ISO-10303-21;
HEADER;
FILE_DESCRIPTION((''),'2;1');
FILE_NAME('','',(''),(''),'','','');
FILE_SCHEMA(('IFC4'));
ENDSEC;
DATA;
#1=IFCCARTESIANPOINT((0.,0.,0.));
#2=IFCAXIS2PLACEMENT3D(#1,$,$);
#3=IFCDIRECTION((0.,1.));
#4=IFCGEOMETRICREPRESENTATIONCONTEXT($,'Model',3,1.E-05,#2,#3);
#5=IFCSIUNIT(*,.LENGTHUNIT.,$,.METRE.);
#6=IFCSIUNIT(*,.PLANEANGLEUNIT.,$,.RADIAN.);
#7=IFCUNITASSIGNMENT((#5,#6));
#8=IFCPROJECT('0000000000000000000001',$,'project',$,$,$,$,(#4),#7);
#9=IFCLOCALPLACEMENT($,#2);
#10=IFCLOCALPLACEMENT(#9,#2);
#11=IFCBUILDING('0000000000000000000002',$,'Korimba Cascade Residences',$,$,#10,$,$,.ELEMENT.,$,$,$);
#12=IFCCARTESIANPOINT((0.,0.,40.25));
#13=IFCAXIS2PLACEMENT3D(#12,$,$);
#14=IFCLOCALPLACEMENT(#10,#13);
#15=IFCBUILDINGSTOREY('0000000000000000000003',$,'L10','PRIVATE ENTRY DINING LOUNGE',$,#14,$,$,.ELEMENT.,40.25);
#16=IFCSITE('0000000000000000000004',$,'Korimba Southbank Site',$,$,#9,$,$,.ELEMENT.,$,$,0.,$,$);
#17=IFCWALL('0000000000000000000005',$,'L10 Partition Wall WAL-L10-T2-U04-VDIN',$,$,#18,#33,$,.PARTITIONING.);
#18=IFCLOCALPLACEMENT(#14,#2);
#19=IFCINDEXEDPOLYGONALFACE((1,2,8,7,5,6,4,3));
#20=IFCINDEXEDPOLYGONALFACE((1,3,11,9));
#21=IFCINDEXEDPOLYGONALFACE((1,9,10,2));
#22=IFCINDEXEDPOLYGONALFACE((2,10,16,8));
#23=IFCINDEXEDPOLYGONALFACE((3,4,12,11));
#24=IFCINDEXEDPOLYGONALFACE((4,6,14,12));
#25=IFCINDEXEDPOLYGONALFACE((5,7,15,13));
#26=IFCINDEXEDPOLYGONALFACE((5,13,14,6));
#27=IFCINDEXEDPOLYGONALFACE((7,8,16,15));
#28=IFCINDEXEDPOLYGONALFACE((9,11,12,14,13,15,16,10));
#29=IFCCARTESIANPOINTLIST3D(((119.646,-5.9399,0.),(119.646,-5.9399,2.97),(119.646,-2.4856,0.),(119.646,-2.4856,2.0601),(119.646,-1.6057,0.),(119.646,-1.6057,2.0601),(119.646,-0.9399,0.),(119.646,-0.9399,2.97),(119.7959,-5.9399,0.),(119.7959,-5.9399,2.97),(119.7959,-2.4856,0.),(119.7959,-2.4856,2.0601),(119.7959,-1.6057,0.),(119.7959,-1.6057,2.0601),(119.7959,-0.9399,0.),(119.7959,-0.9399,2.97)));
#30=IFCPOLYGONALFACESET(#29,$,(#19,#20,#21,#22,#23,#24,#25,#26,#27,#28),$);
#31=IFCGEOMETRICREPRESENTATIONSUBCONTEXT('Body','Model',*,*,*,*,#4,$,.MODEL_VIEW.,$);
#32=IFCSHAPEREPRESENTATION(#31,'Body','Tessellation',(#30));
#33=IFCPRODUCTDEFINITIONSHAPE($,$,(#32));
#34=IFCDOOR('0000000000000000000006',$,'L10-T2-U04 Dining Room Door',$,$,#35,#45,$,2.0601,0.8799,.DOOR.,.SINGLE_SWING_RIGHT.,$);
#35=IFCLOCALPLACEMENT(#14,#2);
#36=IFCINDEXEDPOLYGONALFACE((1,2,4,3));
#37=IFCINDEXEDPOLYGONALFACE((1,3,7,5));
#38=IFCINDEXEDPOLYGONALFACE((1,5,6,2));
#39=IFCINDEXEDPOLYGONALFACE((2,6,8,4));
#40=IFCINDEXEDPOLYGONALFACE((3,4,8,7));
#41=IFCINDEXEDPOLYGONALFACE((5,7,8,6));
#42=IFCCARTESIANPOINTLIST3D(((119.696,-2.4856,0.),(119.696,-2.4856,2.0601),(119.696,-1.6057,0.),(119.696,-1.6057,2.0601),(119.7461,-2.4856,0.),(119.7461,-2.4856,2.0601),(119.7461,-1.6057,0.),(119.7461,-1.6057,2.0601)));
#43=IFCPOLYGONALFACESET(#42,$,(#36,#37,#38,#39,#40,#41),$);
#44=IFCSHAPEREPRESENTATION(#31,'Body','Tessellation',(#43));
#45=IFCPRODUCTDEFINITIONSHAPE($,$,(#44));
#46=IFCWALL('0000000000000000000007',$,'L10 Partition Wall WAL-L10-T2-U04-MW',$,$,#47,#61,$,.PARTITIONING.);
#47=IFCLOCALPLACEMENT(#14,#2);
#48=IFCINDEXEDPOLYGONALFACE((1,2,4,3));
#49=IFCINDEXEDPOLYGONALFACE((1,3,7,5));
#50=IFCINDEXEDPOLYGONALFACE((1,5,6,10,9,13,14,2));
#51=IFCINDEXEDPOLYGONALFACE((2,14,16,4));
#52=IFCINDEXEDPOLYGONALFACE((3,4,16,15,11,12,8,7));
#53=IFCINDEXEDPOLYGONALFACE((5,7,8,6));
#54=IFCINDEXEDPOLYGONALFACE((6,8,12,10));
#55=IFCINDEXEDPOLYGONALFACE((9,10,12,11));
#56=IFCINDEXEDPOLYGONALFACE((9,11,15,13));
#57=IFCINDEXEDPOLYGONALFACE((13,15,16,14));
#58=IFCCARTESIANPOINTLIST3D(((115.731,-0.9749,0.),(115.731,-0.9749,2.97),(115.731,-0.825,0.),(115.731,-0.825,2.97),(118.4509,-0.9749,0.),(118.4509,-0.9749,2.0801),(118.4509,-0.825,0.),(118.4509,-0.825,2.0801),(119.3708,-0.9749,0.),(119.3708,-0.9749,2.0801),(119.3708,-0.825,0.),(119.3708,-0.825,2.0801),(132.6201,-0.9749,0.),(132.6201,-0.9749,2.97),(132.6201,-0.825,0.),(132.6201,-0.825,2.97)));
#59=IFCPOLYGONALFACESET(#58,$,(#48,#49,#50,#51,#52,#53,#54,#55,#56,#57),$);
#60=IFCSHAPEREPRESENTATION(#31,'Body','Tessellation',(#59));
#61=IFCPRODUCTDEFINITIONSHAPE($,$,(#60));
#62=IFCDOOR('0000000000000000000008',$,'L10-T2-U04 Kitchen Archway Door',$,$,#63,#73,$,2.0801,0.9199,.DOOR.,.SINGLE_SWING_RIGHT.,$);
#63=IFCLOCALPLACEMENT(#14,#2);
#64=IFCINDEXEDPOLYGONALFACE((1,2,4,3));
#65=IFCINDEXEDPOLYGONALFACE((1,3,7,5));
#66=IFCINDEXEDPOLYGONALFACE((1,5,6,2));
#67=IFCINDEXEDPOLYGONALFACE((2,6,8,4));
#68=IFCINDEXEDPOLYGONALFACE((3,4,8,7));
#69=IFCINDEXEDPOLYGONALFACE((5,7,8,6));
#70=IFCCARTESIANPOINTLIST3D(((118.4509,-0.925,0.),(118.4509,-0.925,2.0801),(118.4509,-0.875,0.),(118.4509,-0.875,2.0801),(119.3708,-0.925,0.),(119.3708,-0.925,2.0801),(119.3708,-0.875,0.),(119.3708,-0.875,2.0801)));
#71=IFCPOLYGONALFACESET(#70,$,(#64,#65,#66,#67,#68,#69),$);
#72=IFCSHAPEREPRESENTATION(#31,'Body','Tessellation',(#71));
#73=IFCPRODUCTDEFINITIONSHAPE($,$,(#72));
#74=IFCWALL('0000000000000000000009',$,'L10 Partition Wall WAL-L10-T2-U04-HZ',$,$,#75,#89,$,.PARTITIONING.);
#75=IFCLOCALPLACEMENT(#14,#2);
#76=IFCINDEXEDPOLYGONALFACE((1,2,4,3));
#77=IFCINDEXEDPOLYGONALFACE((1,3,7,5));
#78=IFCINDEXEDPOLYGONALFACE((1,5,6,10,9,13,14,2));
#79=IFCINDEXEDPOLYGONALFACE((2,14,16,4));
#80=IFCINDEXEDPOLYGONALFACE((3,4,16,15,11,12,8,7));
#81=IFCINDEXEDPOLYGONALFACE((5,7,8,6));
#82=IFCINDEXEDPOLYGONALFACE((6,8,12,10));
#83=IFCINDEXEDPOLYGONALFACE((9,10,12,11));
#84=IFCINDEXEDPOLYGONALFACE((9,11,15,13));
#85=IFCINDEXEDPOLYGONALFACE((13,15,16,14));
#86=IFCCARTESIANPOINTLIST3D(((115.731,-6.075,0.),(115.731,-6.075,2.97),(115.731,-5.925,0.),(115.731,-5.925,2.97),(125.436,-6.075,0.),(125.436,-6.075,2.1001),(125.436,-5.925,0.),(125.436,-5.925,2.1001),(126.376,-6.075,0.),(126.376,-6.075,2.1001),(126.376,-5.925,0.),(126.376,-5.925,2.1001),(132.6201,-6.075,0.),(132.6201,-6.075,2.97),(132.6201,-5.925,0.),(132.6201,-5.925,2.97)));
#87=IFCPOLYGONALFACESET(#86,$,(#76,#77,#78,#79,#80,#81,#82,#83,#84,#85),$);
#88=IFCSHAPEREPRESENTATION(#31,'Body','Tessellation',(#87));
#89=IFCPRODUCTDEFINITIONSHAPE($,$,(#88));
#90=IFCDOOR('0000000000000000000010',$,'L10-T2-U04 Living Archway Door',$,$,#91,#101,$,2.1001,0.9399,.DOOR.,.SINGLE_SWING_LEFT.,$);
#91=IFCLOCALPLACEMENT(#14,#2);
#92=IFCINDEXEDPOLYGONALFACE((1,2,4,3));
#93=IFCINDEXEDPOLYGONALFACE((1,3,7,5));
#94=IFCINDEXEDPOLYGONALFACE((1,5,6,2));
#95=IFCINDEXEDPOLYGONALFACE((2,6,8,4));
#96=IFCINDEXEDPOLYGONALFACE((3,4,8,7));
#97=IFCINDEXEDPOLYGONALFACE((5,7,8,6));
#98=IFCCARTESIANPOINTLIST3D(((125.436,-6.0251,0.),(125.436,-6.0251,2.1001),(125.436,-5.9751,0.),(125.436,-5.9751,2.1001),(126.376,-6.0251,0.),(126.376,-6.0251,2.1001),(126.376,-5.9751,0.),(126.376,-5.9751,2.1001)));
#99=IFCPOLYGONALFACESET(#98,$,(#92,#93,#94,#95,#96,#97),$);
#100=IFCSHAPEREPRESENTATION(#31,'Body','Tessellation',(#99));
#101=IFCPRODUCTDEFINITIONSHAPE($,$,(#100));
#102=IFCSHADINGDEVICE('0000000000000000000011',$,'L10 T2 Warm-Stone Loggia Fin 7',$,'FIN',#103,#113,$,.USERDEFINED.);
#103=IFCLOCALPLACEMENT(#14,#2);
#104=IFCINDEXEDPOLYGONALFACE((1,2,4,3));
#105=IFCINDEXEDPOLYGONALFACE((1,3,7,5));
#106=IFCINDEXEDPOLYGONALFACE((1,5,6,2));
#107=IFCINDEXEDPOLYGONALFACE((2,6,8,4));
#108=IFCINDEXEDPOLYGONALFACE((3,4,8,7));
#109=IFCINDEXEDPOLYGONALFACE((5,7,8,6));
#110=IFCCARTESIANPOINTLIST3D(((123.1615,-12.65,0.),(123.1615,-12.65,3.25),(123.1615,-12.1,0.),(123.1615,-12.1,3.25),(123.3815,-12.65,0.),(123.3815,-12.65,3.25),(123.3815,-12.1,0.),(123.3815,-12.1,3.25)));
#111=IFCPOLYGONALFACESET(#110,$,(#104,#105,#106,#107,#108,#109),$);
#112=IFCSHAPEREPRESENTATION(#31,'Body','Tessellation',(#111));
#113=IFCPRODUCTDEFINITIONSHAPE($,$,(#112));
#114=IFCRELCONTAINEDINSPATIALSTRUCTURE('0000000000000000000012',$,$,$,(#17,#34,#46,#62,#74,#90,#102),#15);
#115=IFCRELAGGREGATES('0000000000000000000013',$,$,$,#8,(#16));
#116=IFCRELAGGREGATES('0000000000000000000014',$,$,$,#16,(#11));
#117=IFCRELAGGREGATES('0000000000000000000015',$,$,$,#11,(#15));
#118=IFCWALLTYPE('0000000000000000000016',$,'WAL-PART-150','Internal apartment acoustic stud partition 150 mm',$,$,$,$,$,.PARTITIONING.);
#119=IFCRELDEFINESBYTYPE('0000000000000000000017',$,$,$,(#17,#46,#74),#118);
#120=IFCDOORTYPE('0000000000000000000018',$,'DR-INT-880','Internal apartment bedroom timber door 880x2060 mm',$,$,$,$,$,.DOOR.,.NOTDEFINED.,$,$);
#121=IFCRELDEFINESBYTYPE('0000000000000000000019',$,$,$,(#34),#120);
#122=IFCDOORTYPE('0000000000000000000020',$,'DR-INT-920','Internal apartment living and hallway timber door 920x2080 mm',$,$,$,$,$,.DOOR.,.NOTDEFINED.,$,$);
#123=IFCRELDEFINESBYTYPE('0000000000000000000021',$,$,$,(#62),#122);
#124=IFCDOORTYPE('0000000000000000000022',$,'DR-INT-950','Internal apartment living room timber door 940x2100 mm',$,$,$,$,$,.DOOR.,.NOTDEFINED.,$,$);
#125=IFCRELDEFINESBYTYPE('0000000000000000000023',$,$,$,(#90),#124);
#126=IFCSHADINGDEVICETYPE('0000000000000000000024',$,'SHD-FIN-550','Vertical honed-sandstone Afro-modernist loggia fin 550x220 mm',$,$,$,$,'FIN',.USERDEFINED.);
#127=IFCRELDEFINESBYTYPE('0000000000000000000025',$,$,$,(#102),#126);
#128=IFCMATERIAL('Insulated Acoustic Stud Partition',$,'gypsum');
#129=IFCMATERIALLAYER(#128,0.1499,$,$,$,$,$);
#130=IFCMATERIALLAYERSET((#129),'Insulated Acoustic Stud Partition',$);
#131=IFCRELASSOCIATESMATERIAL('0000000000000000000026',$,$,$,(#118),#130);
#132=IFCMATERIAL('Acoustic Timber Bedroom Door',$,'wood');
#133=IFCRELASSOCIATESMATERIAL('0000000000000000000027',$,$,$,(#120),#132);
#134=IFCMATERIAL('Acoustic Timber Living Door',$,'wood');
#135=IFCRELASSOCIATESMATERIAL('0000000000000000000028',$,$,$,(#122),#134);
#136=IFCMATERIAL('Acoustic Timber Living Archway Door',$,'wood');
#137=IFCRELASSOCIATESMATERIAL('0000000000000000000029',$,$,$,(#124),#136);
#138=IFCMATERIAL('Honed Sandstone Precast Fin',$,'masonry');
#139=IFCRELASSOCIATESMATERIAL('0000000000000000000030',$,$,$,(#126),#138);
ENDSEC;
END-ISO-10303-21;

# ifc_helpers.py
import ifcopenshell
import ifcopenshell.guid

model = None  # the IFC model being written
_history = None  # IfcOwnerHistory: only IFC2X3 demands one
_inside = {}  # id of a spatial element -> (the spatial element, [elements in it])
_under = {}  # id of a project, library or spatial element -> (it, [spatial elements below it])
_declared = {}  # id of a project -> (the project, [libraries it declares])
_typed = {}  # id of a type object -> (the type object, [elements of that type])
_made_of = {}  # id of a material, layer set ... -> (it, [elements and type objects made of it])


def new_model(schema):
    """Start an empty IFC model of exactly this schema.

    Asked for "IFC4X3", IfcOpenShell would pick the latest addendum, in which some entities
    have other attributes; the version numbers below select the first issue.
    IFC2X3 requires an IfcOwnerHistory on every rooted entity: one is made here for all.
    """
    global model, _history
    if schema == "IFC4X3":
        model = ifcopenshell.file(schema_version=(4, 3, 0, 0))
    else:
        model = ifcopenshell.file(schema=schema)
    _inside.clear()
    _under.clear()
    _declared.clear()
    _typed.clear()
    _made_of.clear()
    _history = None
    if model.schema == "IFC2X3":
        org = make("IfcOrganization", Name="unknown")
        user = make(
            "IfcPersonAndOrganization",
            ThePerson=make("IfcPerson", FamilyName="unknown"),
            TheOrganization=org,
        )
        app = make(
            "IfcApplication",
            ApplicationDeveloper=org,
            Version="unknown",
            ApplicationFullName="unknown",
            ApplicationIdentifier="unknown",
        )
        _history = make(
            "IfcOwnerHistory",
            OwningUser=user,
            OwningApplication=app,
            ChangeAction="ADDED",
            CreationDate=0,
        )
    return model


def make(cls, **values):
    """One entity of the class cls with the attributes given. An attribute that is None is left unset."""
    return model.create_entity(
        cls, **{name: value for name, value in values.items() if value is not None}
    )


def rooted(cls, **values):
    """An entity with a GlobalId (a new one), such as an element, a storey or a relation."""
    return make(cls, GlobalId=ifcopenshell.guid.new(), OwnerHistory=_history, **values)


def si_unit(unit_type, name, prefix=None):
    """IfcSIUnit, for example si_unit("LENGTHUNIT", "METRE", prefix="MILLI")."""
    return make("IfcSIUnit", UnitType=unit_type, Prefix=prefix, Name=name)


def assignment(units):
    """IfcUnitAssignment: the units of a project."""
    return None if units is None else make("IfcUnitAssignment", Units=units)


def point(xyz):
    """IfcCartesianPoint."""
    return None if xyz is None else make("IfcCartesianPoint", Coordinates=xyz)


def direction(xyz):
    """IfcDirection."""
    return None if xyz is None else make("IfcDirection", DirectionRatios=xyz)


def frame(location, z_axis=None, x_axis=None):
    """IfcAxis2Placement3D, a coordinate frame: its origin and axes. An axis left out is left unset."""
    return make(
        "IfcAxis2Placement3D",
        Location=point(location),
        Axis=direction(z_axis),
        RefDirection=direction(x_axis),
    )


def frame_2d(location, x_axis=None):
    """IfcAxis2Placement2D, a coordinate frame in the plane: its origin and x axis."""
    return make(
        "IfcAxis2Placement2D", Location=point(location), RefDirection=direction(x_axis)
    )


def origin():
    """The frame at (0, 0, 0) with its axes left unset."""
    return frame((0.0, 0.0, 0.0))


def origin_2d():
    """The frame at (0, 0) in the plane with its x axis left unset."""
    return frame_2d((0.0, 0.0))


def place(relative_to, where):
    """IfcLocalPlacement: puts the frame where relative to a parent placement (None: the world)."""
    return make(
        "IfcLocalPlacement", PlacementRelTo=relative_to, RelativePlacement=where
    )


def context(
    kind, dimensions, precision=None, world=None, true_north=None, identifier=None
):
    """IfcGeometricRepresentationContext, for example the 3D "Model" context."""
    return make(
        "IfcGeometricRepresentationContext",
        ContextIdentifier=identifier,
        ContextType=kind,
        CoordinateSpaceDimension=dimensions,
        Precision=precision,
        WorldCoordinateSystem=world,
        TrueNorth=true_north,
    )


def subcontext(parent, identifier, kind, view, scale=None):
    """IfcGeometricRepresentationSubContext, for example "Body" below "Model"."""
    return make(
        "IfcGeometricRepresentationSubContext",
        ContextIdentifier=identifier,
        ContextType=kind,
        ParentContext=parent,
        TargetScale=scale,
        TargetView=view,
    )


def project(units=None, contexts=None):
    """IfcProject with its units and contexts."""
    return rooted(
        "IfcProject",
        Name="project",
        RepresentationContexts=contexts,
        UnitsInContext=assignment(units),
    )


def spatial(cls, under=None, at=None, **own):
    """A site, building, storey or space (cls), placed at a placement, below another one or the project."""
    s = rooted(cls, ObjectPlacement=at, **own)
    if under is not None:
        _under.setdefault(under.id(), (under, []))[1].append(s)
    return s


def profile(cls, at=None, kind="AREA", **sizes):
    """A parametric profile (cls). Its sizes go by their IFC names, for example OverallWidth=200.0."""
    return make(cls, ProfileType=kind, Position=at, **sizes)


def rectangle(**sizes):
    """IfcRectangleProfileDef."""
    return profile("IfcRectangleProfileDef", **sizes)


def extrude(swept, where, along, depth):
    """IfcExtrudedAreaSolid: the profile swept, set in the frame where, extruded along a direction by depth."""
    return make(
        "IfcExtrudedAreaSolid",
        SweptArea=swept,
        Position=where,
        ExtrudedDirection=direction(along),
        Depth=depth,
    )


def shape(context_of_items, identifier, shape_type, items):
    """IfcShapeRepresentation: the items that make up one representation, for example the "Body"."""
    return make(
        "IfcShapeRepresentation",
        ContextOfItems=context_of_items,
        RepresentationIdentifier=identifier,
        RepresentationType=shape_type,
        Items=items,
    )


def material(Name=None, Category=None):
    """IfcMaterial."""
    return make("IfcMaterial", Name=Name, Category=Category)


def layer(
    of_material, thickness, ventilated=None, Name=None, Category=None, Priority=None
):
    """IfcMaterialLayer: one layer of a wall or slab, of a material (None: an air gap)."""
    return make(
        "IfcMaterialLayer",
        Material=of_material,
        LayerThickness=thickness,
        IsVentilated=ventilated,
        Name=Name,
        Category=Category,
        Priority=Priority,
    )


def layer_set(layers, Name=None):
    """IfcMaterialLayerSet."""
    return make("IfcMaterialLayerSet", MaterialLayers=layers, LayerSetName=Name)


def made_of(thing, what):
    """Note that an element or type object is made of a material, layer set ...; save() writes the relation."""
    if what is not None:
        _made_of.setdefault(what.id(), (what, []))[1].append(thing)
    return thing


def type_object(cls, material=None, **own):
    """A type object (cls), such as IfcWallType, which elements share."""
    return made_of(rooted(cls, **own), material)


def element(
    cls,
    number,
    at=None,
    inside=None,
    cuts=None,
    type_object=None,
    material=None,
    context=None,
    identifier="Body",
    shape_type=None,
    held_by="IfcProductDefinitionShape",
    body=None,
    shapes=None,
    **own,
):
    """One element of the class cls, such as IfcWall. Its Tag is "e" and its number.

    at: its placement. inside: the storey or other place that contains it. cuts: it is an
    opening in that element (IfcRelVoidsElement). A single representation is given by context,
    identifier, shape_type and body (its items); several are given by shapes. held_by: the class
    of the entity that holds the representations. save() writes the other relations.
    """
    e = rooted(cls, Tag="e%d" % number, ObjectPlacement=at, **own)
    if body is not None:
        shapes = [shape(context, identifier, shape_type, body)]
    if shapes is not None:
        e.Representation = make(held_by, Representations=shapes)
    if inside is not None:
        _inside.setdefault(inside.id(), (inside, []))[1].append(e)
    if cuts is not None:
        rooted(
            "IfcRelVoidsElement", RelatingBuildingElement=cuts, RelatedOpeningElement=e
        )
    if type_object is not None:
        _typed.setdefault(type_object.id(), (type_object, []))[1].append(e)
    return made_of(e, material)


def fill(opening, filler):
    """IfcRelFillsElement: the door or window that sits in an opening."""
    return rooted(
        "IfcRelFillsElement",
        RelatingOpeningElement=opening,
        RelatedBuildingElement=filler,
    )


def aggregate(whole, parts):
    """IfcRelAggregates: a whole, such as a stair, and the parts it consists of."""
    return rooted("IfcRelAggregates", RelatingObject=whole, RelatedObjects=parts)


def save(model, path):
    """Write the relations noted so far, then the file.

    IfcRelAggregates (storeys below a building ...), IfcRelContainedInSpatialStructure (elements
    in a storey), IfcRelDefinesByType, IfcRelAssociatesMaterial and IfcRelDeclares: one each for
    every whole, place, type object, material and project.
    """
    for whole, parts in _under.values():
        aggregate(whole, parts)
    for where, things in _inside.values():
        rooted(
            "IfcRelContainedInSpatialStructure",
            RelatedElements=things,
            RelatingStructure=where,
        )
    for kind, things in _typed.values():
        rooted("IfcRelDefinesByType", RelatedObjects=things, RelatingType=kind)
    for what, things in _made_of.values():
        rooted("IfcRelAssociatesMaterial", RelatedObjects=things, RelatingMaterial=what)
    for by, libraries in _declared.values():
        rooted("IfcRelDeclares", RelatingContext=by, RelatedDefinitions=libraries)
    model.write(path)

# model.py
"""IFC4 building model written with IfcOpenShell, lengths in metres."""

from ifc_helpers import new_model, si_unit, direction, frame, frame_2d, origin, origin_2d, place, context, subcontext, project, spatial, rectangle, extrude, material, layer, layer_set, type_object, element, fill, save


model = new_model("IFC4")

# Units and contexts
model_context = context("Model", 3, precision=1e-05, world=origin(), true_north=direction((0.0, 1.0)))
body_context = subcontext(model_context, "Body", "Model", "MODEL_VIEW")
ifc_project = project(units=[si_unit("LENGTHUNIT", "METRE"), si_unit("PLANEANGLEUNIT", "RADIAN")], contexts=[model_context])

# Site, building, storey
site_placement = place(None, origin())
site = spatial("IfcSite", under=ifc_project, at=site_placement, Name="Korimba Southbank Site", CompositionType="ELEMENT", RefElevation=0.0)
building_placement = place(site_placement, origin())
building = spatial("IfcBuilding", under=site, at=building_placement, Name="Korimba Cascade Residences", CompositionType="ELEMENT")
storey_placement = place(building_placement, frame((0.0, 0.0, 40.25)))
storey = spatial("IfcBuildingStorey", under=building, at=storey_placement, Name="L10", Description="PRIVATE ENTRY DINING LOUNGE", CompositionType="ELEMENT", Elevation=40.25)

# Walls, openings, doors
ifc_material_1 = material(Name="Insulated Acoustic Stud Partition", Category="gypsum")
ifc_layer = layer(ifc_material_1, 0.1499)
ifc_layer_set = layer_set([ifc_layer], Name="Insulated Acoustic Stud Partition")
wall_type = type_object("IfcWallType", Name="WAL-PART-150", Description="Internal apartment acoustic stud partition 150 mm", PredefinedType="PARTITIONING", material=ifc_layer_set)
ifc_material_2 = material(Name="Acoustic Timber Bedroom Door", Category="wood")
door_type_1 = type_object("IfcDoorType", Name="DR-INT-880", Description="Internal apartment bedroom timber door 880x2060 mm", OperationType="NOTDEFINED", PredefinedType="DOOR", material=ifc_material_2)
wall_1_placement = place(storey_placement, frame((119.7209, -5.9399, 0.0), z_axis=(0.0, 0.0, 1.0), x_axis=(0.0, 1.0, 0.0)))
wall_1 = element("IfcWall", 1, at=wall_1_placement, inside=storey, type_object=wall_type, Name="L10 Partition Wall WAL-L10-T2-U04-VDIN", PredefinedType="PARTITIONING", context=body_context, shape_type="SweptSolid", body=[
    extrude(rectangle(XDim=5.0, YDim=0.1499, at=frame_2d((2.5, 0.0))), origin(), (0.0, 0.0, 1.0), 2.97),
])
opening_1_placement = place(wall_1_placement, frame((3.4543, 0.0, 0.0)))
opening_1 = element("IfcOpeningElement", 2, at=opening_1_placement, cuts=wall_1, PredefinedType="OPENING", context=body_context, shape_type="SweptSolid", body=[
    extrude(rectangle(XDim=0.8799, YDim=2.0601, at=frame_2d((0.4399, 1.03))), frame((0.0, 0.085, 0.0), z_axis=(0.0, -1.0, 0.0), x_axis=(1.0, 0.0, 0.0)), (0.0, 0.0, 1.0), 0.1699),
])
door_1_placement = place(opening_1_placement, origin())
door_1 = element("IfcDoor", 3, at=door_1_placement, inside=storey, type_object=door_type_1, Name="L10-T2-U04 Dining Room Door", OperationType="SINGLE_SWING_RIGHT", OverallHeight=2.0601, OverallWidth=0.8799, PredefinedType="DOOR", context=body_context, shape_type="SweptSolid", body=[
    extrude(rectangle(XDim=0.8799, YDim=2.0601, at=frame_2d((0.4399, 1.03))), frame((0.0, 0.0249, 0.0), z_axis=(0.0, -1.0, 0.0), x_axis=(1.0, 0.0, 0.0)), (0.0, 0.0, 1.0), 0.05),
])
fill(opening_1, door_1)
wall_2_placement = place(storey_placement, frame((115.731, -0.8999, 0.0), z_axis=(0.0, 0.0, 1.0), x_axis=(1.0, 0.0, 0.0)))
wall_2 = element("IfcWall", 4, at=wall_2_placement, inside=storey, type_object=wall_type, Name="L10 Partition Wall WAL-L10-T2-U04-MW", PredefinedType="PARTITIONING", context=body_context, shape_type="SweptSolid", body=[
    extrude(rectangle(XDim=16.8892, YDim=0.1499, at=frame_2d((8.4446, 0.0))), origin(), (0.0, 0.0, 1.0), 2.97),
])
opening_2_placement = place(wall_2_placement, frame((2.72, 0.0, 0.0)))
opening_2 = element("IfcOpeningElement", 5, at=opening_2_placement, cuts=wall_2, PredefinedType="OPENING", context=body_context, shape_type="SweptSolid", body=[
    extrude(rectangle(XDim=0.9199, YDim=2.0801, at=frame_2d((0.46, 1.04))), frame((0.0, 0.085, 0.0), z_axis=(0.0, -1.0, 0.0), x_axis=(1.0, 0.0, 0.0)), (0.0, 0.0, 1.0), 0.1699),
])
ifc_material_3 = material(Name="Acoustic Timber Living Door", Category="wood")
door_type_2 = type_object("IfcDoorType", Name="DR-INT-920", Description="Internal apartment living and hallway timber door 920x2080 mm", OperationType="NOTDEFINED", PredefinedType="DOOR", material=ifc_material_3)
door_2_placement = place(opening_2_placement, origin())
door_2 = element("IfcDoor", 6, at=door_2_placement, inside=storey, type_object=door_type_2, Name="L10-T2-U04 Kitchen Archway Door", OperationType="SINGLE_SWING_RIGHT", OverallHeight=2.0801, OverallWidth=0.9199, PredefinedType="DOOR", context=body_context, shape_type="SweptSolid", body=[
    extrude(rectangle(XDim=0.9199, YDim=2.0801, at=frame_2d((0.46, 1.04))), frame((0.0, 0.0249, 0.0), z_axis=(0.0, -1.0, 0.0), x_axis=(1.0, 0.0, 0.0)), (0.0, 0.0, 1.0), 0.05),
])
fill(opening_2, door_2)
wall_3_placement = place(storey_placement, frame((115.731, -6.0, 0.0), z_axis=(0.0, 0.0, 1.0), x_axis=(1.0, 0.0, 0.0)))
wall_3 = element("IfcWall", 7, at=wall_3_placement, inside=storey, type_object=wall_type, Name="L10 Partition Wall WAL-L10-T2-U04-HZ", PredefinedType="PARTITIONING", context=body_context, shape_type="SweptSolid", body=[
    extrude(rectangle(XDim=16.8892, YDim=0.1499, at=frame_2d((8.4446, 0.0))), origin(), (0.0, 0.0, 1.0), 2.97),
])
opening_3_placement = place(wall_3_placement, frame((9.7051, 0.0, 0.0)))
opening_3 = element("IfcOpeningElement", 8, at=opening_3_placement, cuts=wall_3, PredefinedType="OPENING", context=body_context, shape_type="SweptSolid", body=[
    extrude(rectangle(XDim=0.9399, YDim=2.1001, at=frame_2d((0.47, 1.05))), frame((0.0, 0.085, 0.0), z_axis=(0.0, -1.0, 0.0), x_axis=(1.0, 0.0, 0.0)), (0.0, 0.0, 1.0), 0.1699),
])
ifc_material_4 = material(Name="Acoustic Timber Living Archway Door", Category="wood")
door_type_3 = type_object("IfcDoorType", Name="DR-INT-950", Description="Internal apartment living room timber door 940x2100 mm", OperationType="NOTDEFINED", PredefinedType="DOOR", material=ifc_material_4)
door_3_placement = place(opening_3_placement, origin())
door_3 = element("IfcDoor", 9, at=door_3_placement, inside=storey, type_object=door_type_3, Name="L10-T2-U04 Living Archway Door", OperationType="SINGLE_SWING_LEFT", OverallHeight=2.1001, OverallWidth=0.9399, PredefinedType="DOOR", context=body_context, shape_type="SweptSolid", body=[
    extrude(rectangle(XDim=0.9399, YDim=2.1001, at=frame_2d((0.47, 1.05))), frame((0.0, 0.0249, 0.0), z_axis=(0.0, -1.0, 0.0), x_axis=(1.0, 0.0, 0.0)), (0.0, 0.0, 1.0), 0.05),
])
fill(opening_3, door_3)

# Shading device
ifc_material_5 = material(Name="Honed Sandstone Precast Fin", Category="masonry")
shading_device_type = type_object("IfcShadingDeviceType", Name="SHD-FIN-550", Description="Vertical honed-sandstone Afro-modernist loggia fin 550x220 mm", ElementType="FIN", PredefinedType="USERDEFINED", material=ifc_material_5)
shading_device_placement = place(storey_placement, frame((123.2715, -12.375, 0.0), z_axis=(0.0, 0.0, 1.0), x_axis=(1.0, 0.0, 0.0)))
element("IfcShadingDevice", 10, at=shading_device_placement, inside=storey, type_object=shading_device_type, Name="L10 T2 Warm-Stone Loggia Fin 7", ObjectType="FIN", PredefinedType="USERDEFINED", context=body_context, shape_type="SweptSolid", body=[
    extrude(rectangle(XDim=0.22, YDim=0.55, at=origin_2d()), origin(), (0.0, 0.0, 1.0), 3.25),
])

save(model, "model.ifc")
